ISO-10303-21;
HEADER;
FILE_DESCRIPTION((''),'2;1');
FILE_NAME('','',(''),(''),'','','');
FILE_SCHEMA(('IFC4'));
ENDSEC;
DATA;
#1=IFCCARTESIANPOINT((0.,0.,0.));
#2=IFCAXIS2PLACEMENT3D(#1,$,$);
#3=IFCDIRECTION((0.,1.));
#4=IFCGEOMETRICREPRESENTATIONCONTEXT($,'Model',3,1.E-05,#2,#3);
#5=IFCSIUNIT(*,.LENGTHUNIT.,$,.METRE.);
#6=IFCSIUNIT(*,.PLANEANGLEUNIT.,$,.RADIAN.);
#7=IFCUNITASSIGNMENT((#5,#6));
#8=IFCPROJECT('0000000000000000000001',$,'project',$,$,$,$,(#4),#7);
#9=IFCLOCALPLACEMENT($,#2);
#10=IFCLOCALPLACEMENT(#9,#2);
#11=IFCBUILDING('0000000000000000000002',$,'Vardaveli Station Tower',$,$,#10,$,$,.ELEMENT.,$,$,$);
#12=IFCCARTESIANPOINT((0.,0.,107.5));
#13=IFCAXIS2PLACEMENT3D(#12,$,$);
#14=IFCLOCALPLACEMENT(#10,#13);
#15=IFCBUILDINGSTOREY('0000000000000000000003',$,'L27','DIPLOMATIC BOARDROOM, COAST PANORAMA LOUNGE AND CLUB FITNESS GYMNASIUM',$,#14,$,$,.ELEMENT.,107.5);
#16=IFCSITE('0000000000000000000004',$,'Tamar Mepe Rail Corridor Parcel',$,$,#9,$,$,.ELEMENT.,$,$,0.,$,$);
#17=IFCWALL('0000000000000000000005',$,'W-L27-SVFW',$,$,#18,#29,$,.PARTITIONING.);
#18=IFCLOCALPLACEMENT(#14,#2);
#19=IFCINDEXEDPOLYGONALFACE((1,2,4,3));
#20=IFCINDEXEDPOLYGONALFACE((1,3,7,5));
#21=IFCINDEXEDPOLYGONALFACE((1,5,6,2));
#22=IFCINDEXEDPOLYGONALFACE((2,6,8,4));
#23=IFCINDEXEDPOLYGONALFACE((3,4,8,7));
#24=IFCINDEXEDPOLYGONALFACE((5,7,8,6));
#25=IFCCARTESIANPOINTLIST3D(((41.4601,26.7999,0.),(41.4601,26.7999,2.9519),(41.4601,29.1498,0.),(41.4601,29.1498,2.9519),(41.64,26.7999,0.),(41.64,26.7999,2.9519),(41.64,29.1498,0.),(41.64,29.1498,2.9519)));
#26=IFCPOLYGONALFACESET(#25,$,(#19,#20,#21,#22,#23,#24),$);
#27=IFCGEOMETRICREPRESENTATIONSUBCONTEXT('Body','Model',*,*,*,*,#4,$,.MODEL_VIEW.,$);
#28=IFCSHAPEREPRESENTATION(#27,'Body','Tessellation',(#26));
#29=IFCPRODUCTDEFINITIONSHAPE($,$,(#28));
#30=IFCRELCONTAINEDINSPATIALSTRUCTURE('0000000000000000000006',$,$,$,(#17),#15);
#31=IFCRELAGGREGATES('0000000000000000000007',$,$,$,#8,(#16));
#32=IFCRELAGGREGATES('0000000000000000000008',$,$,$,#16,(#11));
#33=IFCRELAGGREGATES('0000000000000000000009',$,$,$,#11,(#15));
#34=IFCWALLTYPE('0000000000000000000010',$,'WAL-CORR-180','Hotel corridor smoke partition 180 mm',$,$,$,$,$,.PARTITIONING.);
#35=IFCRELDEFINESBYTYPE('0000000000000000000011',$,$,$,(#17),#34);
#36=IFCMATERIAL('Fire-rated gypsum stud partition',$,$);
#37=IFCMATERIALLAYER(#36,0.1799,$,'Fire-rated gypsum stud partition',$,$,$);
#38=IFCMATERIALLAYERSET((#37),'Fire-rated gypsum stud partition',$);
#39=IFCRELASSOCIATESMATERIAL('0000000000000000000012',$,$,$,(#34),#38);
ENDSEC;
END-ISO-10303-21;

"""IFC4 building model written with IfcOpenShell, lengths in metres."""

from ifc_helpers import new_model, si_unit, direction, frame, frame_2d, origin, place, context, subcontext, project, spatial, rectangle, extrude, source, transform, mapped, material, layer, layer_set, type_object, element, save


model = new_model("IFC4")

# Units and contexts
model_context = context("Model", 3, precision=1e-05, world=origin(), true_north=direction((0.0, 1.0)))
body_context = subcontext(model_context, "Body", "Model", "MODEL_VIEW")
ifc_project = project(units=[si_unit("LENGTHUNIT", "METRE"), si_unit("PLANEANGLEUNIT", "RADIAN")], contexts=[model_context])

# Site, building, storey
site_placement = place(None, origin())
site = spatial("IfcSite", under=ifc_project, at=site_placement, Name="Tamar Mepe Rail Corridor Parcel", CompositionType="ELEMENT", RefElevation=0.0)
building_placement = place(site_placement, origin())
building = spatial("IfcBuilding", under=site, at=building_placement, Name="Vardaveli Station Tower", CompositionType="ELEMENT")
storey_placement = place(building_placement, frame((0.0, 0.0, 107.5)))
storey = spatial("IfcBuildingStorey", under=building, at=storey_placement, Name="L27", Description="DIPLOMATIC BOARDROOM, COAST PANORAMA LOUNGE AND CLUB FITNESS GYMNASIUM", CompositionType="ELEMENT", Elevation=107.5)

# Shared definitions
ifc_material_1 = material(Name="Fire-rated gypsum stud partition")
ifc_layer_1 = layer(ifc_material_1, 0.1799, Name="Fire-rated gypsum stud partition")
ifc_layer_set_1 = layer_set([ifc_layer_1], Name="Fire-rated gypsum stud partition")
wall_type_1 = type_object("IfcWallType", Name="WAL-CORR-180", Description="Hotel corridor smoke partition 180 mm", PredefinedType="PARTITIONING", material=ifc_layer_set_1)

# Wall
shared_shape_1 = source(origin(), body_context, "Body", "SweptSolid", [
    extrude(rectangle(XDim=2.3499, YDim=0.1799, at=frame_2d((1.1748, 0.0))), origin(), (0.0, 0.0, 1.0), 2.9519),
])
wall_1_placement = place(storey_placement, frame((41.55, 26.8, 0.0), z_axis=(0.0, 0.0, 1.0), x_axis=(0.0, 1.0, 0.0)))
element("IfcWall", 1, at=wall_1_placement, inside=storey, type_object=wall_type_1, Name="W-L27-SVFW", PredefinedType="PARTITIONING", context=body_context, shape_type="MappedRepresentation", body=[
    mapped(shared_shape_1, transform((0.0, 0.0, 0.0), scale=1.0)),
])

save(model, "model.ifc")
